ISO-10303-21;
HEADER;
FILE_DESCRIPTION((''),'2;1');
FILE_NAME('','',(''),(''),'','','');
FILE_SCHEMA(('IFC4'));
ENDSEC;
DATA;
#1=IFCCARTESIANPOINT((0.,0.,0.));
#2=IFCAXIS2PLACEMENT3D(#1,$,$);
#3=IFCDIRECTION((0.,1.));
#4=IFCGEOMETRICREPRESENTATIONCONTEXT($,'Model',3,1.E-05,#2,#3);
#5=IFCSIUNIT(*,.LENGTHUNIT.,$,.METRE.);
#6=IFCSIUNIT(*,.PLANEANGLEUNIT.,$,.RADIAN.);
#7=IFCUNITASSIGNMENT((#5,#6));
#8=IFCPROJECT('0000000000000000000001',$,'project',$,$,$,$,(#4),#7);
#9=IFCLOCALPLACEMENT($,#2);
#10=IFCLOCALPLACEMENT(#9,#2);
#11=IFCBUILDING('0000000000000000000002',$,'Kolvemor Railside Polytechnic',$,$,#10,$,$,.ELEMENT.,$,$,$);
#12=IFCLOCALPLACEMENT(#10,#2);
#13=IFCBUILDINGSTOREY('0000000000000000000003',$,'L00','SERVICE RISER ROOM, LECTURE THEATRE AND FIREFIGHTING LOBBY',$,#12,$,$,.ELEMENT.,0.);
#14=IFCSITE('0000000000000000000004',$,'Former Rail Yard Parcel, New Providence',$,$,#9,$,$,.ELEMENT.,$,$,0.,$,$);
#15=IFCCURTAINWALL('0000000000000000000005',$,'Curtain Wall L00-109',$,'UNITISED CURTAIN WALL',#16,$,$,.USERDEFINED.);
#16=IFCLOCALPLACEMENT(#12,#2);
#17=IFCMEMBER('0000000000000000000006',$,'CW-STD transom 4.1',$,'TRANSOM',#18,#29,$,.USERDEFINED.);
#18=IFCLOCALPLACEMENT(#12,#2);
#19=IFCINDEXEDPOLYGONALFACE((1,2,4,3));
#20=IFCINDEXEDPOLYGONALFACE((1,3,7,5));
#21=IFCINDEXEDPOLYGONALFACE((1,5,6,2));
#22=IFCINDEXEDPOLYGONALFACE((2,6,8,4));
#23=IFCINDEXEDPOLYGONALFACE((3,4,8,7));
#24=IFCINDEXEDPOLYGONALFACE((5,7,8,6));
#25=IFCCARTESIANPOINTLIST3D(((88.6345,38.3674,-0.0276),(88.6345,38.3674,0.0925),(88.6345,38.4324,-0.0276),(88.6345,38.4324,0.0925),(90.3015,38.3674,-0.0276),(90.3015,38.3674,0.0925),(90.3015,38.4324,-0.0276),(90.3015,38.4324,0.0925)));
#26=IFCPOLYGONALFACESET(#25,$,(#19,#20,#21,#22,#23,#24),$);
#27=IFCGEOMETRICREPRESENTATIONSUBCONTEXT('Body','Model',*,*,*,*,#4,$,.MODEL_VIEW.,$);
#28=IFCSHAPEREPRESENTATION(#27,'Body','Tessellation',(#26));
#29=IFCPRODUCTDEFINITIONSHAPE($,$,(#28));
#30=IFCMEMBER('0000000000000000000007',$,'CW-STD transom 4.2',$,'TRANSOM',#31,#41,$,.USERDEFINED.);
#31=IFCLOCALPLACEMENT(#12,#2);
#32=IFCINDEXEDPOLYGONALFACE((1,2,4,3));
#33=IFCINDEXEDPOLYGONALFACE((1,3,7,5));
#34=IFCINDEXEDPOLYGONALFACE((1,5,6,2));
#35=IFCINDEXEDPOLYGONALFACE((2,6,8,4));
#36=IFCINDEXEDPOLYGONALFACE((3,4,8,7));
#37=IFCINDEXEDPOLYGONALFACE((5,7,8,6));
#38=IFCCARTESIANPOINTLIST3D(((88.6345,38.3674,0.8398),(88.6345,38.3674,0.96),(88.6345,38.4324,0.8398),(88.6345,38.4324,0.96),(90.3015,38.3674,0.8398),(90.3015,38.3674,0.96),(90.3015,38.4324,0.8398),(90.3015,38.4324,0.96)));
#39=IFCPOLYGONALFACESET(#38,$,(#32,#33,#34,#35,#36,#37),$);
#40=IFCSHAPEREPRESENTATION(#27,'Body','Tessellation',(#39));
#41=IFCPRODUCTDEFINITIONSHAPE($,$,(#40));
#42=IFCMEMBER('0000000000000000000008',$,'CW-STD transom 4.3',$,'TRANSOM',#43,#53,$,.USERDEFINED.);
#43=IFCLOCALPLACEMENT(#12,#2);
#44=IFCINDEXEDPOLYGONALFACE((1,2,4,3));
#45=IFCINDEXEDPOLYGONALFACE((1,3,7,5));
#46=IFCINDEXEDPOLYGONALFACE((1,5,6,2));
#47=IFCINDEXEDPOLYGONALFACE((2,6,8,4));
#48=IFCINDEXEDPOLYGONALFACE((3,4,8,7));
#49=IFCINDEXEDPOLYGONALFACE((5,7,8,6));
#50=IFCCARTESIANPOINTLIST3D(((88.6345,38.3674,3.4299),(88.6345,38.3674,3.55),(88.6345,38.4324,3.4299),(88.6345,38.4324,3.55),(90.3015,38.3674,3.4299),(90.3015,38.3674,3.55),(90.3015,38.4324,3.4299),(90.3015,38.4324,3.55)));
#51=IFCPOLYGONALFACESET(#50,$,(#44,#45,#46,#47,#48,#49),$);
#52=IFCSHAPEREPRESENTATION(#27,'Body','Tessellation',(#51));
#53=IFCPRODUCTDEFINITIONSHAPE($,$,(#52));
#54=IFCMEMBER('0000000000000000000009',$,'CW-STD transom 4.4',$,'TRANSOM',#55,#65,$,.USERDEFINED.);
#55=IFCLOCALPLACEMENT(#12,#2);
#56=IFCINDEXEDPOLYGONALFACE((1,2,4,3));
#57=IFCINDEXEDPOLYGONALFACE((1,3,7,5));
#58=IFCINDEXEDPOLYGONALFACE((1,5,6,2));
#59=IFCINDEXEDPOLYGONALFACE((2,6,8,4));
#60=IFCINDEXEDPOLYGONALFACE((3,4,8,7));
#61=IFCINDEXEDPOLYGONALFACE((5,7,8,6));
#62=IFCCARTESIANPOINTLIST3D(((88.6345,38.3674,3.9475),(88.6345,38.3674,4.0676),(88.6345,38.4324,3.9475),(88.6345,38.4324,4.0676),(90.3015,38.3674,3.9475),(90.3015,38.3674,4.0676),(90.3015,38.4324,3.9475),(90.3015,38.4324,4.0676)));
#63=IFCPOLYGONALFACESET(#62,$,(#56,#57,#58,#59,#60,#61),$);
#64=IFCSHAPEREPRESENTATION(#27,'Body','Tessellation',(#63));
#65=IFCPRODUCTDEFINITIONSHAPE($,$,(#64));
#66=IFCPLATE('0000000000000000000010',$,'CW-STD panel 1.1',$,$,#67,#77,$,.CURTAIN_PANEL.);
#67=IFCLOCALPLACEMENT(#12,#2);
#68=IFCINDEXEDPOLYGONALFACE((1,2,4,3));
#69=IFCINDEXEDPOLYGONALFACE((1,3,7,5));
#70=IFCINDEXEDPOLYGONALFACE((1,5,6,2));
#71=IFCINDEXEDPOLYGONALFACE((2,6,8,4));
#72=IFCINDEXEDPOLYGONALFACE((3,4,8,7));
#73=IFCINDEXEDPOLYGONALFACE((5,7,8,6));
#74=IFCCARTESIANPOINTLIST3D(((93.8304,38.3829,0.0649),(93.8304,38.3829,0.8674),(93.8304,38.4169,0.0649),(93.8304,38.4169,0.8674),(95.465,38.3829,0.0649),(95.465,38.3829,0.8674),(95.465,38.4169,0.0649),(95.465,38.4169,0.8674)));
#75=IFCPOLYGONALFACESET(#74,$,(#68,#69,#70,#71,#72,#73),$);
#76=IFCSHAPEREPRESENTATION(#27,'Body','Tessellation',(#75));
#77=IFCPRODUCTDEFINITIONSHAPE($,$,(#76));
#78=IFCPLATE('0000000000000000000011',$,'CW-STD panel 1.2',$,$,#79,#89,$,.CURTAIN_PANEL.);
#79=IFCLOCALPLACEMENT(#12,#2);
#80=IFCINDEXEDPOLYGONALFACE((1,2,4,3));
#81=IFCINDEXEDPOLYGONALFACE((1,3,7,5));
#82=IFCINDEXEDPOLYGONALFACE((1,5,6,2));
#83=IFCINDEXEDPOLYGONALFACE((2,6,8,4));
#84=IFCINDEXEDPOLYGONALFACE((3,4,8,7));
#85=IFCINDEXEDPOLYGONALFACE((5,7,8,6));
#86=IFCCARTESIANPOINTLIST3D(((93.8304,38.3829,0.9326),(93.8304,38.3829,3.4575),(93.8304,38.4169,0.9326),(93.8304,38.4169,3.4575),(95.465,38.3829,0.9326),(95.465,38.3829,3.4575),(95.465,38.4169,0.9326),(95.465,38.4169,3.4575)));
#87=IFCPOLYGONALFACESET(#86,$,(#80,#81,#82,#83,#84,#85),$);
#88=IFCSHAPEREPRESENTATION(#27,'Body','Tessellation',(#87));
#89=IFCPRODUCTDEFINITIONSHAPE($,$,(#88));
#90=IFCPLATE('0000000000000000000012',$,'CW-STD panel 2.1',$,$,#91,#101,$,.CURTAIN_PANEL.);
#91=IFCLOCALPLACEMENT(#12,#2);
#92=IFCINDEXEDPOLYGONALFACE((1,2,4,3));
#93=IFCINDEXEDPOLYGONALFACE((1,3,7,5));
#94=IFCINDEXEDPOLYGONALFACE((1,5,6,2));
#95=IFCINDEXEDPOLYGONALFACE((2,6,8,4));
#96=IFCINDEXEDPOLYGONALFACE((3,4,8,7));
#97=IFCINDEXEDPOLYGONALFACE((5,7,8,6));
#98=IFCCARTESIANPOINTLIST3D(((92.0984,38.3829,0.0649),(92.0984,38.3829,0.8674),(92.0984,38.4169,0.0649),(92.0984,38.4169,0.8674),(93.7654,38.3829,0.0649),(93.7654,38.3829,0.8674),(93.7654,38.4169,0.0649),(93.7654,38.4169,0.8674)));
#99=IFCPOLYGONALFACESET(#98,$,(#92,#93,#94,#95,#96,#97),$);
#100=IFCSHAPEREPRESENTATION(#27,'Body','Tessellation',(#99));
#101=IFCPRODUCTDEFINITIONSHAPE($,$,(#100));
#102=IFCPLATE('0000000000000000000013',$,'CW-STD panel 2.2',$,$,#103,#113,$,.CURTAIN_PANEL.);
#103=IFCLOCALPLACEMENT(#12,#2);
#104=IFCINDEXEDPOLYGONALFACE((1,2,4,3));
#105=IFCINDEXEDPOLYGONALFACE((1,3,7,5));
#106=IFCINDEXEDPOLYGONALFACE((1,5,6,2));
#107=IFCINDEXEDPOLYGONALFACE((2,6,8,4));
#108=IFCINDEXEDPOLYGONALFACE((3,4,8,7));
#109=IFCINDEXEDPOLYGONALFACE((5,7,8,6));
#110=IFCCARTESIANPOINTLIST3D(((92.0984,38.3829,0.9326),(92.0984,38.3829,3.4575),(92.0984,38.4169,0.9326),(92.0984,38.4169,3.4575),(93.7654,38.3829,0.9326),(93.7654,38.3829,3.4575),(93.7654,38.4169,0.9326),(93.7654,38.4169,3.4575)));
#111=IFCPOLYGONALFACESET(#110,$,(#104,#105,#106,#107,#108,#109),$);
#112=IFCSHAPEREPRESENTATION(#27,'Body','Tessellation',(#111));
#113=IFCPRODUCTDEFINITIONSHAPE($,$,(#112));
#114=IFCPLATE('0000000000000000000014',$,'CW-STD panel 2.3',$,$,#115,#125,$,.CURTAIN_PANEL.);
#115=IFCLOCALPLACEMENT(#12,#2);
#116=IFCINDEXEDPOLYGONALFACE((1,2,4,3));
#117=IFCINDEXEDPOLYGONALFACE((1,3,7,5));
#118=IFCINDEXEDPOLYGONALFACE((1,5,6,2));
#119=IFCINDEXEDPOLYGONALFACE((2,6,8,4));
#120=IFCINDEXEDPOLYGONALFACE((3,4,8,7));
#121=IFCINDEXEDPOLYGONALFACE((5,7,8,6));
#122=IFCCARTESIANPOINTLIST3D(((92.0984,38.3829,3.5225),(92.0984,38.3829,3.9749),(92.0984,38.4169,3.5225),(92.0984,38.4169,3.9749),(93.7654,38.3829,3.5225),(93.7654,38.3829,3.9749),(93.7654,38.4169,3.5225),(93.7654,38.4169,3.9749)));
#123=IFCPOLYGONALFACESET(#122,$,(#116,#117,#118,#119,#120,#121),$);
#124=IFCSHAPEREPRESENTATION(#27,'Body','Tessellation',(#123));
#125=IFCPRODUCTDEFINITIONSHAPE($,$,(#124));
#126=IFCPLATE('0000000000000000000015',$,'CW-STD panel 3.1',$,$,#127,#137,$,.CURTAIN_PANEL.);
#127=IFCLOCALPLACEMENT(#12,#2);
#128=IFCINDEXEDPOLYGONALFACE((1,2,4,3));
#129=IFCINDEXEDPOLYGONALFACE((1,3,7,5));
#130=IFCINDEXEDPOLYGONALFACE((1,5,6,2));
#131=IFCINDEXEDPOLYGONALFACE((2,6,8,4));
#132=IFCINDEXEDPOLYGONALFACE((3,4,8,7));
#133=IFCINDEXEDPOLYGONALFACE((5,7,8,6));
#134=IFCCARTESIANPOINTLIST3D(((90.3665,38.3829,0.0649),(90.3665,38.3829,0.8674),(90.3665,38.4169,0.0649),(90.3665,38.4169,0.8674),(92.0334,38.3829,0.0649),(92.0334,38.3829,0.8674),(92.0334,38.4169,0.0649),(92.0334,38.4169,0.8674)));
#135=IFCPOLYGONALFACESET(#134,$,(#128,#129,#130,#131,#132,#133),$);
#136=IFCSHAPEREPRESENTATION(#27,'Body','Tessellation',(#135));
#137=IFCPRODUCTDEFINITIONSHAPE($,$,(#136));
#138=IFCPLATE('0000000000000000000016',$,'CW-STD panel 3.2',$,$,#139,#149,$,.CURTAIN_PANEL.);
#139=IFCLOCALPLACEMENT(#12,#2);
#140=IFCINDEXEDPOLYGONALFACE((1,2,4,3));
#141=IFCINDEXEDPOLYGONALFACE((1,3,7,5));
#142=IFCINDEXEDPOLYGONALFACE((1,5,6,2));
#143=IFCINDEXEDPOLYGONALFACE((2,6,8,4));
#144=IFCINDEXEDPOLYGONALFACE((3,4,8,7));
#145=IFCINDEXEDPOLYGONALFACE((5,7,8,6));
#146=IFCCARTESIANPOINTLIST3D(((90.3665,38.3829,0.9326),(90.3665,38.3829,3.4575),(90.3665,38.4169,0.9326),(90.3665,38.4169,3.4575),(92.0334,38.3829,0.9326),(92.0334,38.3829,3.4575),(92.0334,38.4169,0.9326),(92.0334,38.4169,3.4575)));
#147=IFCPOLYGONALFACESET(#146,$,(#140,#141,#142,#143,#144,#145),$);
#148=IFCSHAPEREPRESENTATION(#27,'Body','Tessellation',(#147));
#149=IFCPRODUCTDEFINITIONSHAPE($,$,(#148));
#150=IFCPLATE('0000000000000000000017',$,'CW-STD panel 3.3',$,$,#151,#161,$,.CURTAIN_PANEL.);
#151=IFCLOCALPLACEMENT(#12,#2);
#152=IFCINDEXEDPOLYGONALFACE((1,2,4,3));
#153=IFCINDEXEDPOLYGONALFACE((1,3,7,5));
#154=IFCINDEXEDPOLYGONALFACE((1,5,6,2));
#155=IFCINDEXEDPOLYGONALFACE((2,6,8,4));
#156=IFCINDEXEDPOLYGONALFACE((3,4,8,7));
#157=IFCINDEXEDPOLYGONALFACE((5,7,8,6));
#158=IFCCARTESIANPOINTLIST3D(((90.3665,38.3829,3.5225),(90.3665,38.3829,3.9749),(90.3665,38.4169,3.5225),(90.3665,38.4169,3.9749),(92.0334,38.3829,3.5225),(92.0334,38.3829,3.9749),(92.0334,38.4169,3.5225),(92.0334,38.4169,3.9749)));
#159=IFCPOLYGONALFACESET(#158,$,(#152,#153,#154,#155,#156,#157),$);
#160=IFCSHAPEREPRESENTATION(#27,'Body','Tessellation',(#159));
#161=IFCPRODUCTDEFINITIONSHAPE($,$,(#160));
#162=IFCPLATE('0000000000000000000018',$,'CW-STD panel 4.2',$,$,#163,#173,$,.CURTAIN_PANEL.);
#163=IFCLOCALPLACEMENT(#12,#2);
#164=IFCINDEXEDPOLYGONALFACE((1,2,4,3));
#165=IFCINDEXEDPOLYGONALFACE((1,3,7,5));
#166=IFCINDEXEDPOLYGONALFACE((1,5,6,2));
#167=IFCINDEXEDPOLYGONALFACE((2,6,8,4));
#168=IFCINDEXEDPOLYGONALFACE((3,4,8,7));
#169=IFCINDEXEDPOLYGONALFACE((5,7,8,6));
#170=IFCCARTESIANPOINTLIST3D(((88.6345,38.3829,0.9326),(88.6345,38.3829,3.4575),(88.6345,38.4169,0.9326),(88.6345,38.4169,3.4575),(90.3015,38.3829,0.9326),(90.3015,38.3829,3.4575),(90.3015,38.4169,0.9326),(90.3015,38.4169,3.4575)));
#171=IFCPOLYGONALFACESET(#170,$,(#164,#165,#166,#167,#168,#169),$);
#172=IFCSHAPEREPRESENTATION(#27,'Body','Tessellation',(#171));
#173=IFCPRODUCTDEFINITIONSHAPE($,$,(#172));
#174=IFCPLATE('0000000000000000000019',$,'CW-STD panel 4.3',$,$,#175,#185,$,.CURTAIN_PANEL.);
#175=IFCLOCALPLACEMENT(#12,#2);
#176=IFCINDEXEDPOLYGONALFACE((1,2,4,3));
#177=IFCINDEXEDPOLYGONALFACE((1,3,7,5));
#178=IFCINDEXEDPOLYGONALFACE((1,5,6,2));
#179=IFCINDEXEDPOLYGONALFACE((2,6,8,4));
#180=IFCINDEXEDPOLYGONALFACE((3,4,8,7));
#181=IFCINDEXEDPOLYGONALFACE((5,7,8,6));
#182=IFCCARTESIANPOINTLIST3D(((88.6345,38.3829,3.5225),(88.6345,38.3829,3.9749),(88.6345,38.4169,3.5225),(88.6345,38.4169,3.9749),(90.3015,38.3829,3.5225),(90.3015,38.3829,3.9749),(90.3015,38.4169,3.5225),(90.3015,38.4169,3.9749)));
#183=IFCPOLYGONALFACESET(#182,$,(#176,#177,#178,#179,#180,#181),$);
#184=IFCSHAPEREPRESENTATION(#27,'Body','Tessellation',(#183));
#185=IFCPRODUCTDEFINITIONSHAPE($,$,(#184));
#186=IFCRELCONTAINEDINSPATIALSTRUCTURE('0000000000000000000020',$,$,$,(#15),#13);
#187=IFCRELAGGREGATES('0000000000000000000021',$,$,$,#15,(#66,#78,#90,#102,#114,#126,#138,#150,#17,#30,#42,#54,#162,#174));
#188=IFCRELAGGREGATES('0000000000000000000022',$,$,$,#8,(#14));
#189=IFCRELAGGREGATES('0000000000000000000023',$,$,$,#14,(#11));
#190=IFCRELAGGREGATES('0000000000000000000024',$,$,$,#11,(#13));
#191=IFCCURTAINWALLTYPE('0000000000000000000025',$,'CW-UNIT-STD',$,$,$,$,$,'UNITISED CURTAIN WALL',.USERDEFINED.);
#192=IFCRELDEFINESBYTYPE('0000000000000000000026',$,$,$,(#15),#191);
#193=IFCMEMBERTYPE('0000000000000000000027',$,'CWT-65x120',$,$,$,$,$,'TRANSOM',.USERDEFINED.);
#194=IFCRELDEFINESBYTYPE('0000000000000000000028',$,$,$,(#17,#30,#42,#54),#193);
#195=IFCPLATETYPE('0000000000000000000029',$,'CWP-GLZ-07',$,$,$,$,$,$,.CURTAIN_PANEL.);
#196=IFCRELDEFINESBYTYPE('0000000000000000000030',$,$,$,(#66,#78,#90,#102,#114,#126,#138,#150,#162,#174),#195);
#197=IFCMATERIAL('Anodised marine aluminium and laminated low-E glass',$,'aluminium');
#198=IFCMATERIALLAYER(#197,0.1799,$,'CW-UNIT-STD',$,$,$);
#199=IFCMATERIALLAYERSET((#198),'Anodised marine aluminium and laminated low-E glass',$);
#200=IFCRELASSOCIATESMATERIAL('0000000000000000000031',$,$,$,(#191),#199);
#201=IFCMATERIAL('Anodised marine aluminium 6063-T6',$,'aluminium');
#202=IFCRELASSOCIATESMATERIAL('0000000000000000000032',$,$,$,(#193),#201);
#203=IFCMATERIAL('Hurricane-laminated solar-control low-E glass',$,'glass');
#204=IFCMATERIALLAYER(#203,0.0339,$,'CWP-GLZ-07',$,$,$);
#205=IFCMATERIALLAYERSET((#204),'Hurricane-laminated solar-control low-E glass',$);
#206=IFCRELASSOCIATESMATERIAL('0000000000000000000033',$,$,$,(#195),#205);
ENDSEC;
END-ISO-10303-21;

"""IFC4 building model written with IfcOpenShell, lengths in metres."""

from ifc_helpers import new_model, si_unit, direction, frame, origin, origin_2d, place, context, subcontext, project, spatial, rectangle, extrude, material, layer, layer_set, material_profile, profile_set, type_object, element, aggregate, save


model = new_model("IFC4")

# Units and contexts
model_context = context("Model", 3, precision=1e-05, world=origin(), true_north=direction((0.0, 1.0)))
body_context = subcontext(model_context, "Body", "Model", "MODEL_VIEW")
ifc_project = project(units=[si_unit("LENGTHUNIT", "METRE"), si_unit("PLANEANGLEUNIT", "RADIAN")], contexts=[model_context])

# Site, building, storey
site_placement = place(None, origin())
site = spatial("IfcSite", under=ifc_project, at=site_placement, Name="Former Rail Yard Parcel, New Providence", CompositionType="ELEMENT", RefElevation=0.0)
building_placement = place(site_placement, origin())
building = spatial("IfcBuilding", under=site, at=building_placement, Name="Kolvemor Railside Polytechnic", CompositionType="ELEMENT")
storey_placement = place(building_placement, origin())
storey = spatial("IfcBuildingStorey", under=building, at=storey_placement, Name="L00", Description="SERVICE RISER ROOM, LECTURE THEATRE AND FIREFIGHTING LOBBY", CompositionType="ELEMENT", Elevation=0.0)

# Curtain wall, members, plates
ifc_material_1 = material(Name="Anodised marine aluminium and laminated low-E glass", Category="aluminium")
ifc_layer_1 = layer(ifc_material_1, 0.1799, Name="CW-UNIT-STD")
ifc_layer_set_1 = layer_set([ifc_layer_1], Name="Anodised marine aluminium and laminated low-E glass")
curtain_wall_type = type_object("IfcCurtainWallType", Name="CW-UNIT-STD", ElementType="UNITISED CURTAIN WALL", PredefinedType="USERDEFINED", material=ifc_layer_set_1)
curtain_wall_placement = place(storey_placement, origin())
curtain_wall = element("IfcCurtainWall", 1, at=curtain_wall_placement, inside=storey, type_object=curtain_wall_type, Name="Curtain Wall L00-109", ObjectType="UNITISED CURTAIN WALL", PredefinedType="USERDEFINED")
ifc_material_2 = material(Name="Anodised marine aluminium 6063-T6", Category="aluminium")
ifc_material_profile_1 = material_profile(ifc_material_2, rectangle(XDim=0.0649, YDim=0.1201, at=origin_2d()), Name="CW-TRN-65x120")
ifc_profile_set_1 = profile_set([ifc_material_profile_1], Name="Anodised marine aluminium 6063-T6")
member_type_1 = type_object("IfcMemberType", Name="CWT-65x120", ElementType="TRANSOM", PredefinedType="USERDEFINED", material=ifc_profile_set_1)
member_1_placement = place(storey_placement, frame((90.3015, 38.3999, 0.0325), z_axis=(-1.0, 0.0, 0.0), x_axis=(0.0, -1.0, 0.0)))
member_1 = element("IfcMember", 2, at=member_1_placement, type_object=member_type_1, Name="CW-STD transom 4.1", ObjectType="TRANSOM", PredefinedType="USERDEFINED", context=body_context, shape_type="SweptSolid", body=[
    extrude(rectangle(XDim=0.0649, YDim=0.1201, at=origin_2d()), origin(), (0.0, 0.0, 1.0), 1.667),
])
member_2_placement = place(storey_placement, frame((90.3015, 38.3999, 0.8999), z_axis=(-1.0, 0.0, 0.0), x_axis=(0.0, -1.0, 0.0)))
member_2 = element("IfcMember", 3, at=member_2_placement, type_object=member_type_1, Name="CW-STD transom 4.2", ObjectType="TRANSOM", PredefinedType="USERDEFINED", context=body_context, shape_type="SweptSolid", body=[
    extrude(rectangle(XDim=0.0649, YDim=0.1201, at=origin_2d()), origin(), (0.0, 0.0, 1.0), 1.667),
])
member_3_placement = place(storey_placement, frame((90.3015, 38.3999, 3.49), z_axis=(-1.0, 0.0, 0.0), x_axis=(0.0, -1.0, 0.0)))
member_3 = element("IfcMember", 4, at=member_3_placement, type_object=member_type_1, Name="CW-STD transom 4.3", ObjectType="TRANSOM", PredefinedType="USERDEFINED", context=body_context, shape_type="SweptSolid", body=[
    extrude(rectangle(XDim=0.0649, YDim=0.1201, at=origin_2d()), origin(), (0.0, 0.0, 1.0), 1.667),
])
member_4_placement = place(storey_placement, frame((90.3015, 38.3999, 4.0076), z_axis=(-1.0, 0.0, 0.0), x_axis=(0.0, -1.0, 0.0)))
member_4 = element("IfcMember", 5, at=member_4_placement, type_object=member_type_1, Name="CW-STD transom 4.4", ObjectType="TRANSOM", PredefinedType="USERDEFINED", context=body_context, shape_type="SweptSolid", body=[
    extrude(rectangle(XDim=0.0649, YDim=0.1201, at=origin_2d()), origin(), (0.0, 0.0, 1.0), 1.667),
])
ifc_material_3 = material(Name="Hurricane-laminated solar-control low-E glass", Category="glass")
ifc_layer_2 = layer(ifc_material_3, 0.0339, Name="CWP-GLZ-07")
ifc_layer_set_2 = layer_set([ifc_layer_2], Name="Hurricane-laminated solar-control low-E glass")
plate_type = type_object("IfcPlateType", Name="CWP-GLZ-07", PredefinedType="CURTAIN_PANEL", material=ifc_layer_set_2)
plate_1_placement = place(storey_placement, frame((94.6477, 38.3999, 0.0649), z_axis=(0.0, 0.0, 1.0), x_axis=(-1.0, 0.0, 0.0)))
plate_1 = element("IfcPlate", 6, at=plate_1_placement, type_object=plate_type, Name="CW-STD panel 1.1", PredefinedType="CURTAIN_PANEL", context=body_context, shape_type="SweptSolid", body=[
    extrude(rectangle(XDim=1.6345, YDim=0.0339, at=origin_2d()), origin(), (0.0, 0.0, 1.0), 0.8025),
])
plate_2_placement = place(storey_placement, frame((94.6477, 38.3999, 0.9326), z_axis=(0.0, 0.0, 1.0), x_axis=(-1.0, 0.0, 0.0)))
plate_2 = element("IfcPlate", 7, at=plate_2_placement, type_object=plate_type, Name="CW-STD panel 1.2", PredefinedType="CURTAIN_PANEL", context=body_context, shape_type="SweptSolid", body=[
    extrude(rectangle(XDim=1.6345, YDim=0.0339, at=origin_2d()), origin(), (0.0, 0.0, 1.0), 2.5249),
])
plate_3_placement = place(storey_placement, frame((92.9319, 38.3999, 0.0649), z_axis=(0.0, 0.0, 1.0), x_axis=(-1.0, 0.0, 0.0)))
plate_3 = element("IfcPlate", 8, at=plate_3_placement, type_object=plate_type, Name="CW-STD panel 2.1", PredefinedType="CURTAIN_PANEL", context=body_context, shape_type="SweptSolid", body=[
    extrude(rectangle(XDim=1.667, YDim=0.0339, at=origin_2d()), origin(), (0.0, 0.0, 1.0), 0.8025),
])
plate_4_placement = place(storey_placement, frame((92.9319, 38.3999, 0.9326), z_axis=(0.0, 0.0, 1.0), x_axis=(-1.0, 0.0, 0.0)))
plate_4 = element("IfcPlate", 9, at=plate_4_placement, type_object=plate_type, Name="CW-STD panel 2.2", PredefinedType="CURTAIN_PANEL", context=body_context, shape_type="SweptSolid", body=[
    extrude(rectangle(XDim=1.667, YDim=0.0339, at=origin_2d()), origin(), (0.0, 0.0, 1.0), 2.5249),
])
plate_5_placement = place(storey_placement, frame((92.9319, 38.3999, 3.5225), z_axis=(0.0, 0.0, 1.0), x_axis=(-1.0, 0.0, 0.0)))
plate_5 = element("IfcPlate", 10, at=plate_5_placement, type_object=plate_type, Name="CW-STD panel 2.3", PredefinedType="CURTAIN_PANEL", context=body_context, shape_type="SweptSolid", body=[
    extrude(rectangle(XDim=1.667, YDim=0.0339, at=origin_2d()), origin(), (0.0, 0.0, 1.0), 0.4524),
])
plate_6_placement = place(storey_placement, frame((91.2, 38.3999, 0.0649), z_axis=(0.0, 0.0, 1.0), x_axis=(-1.0, 0.0, 0.0)))
plate_6 = element("IfcPlate", 11, at=plate_6_placement, type_object=plate_type, Name="CW-STD panel 3.1", PredefinedType="CURTAIN_PANEL", context=body_context, shape_type="SweptSolid", body=[
    extrude(rectangle(XDim=1.667, YDim=0.0339, at=origin_2d()), origin(), (0.0, 0.0, 1.0), 0.8025),
])
plate_7_placement = place(storey_placement, frame((91.2, 38.3999, 0.9326), z_axis=(0.0, 0.0, 1.0), x_axis=(-1.0, 0.0, 0.0)))
plate_7 = element("IfcPlate", 12, at=plate_7_placement, type_object=plate_type, Name="CW-STD panel 3.2", PredefinedType="CURTAIN_PANEL", context=body_context, shape_type="SweptSolid", body=[
    extrude(rectangle(XDim=1.667, YDim=0.0339, at=origin_2d()), origin(), (0.0, 0.0, 1.0), 2.5249),
])
plate_8_placement = place(storey_placement, frame((91.2, 38.3999, 3.5225), z_axis=(0.0, 0.0, 1.0), x_axis=(-1.0, 0.0, 0.0)))
plate_8 = element("IfcPlate", 13, at=plate_8_placement, type_object=plate_type, Name="CW-STD panel 3.3", PredefinedType="CURTAIN_PANEL", context=body_context, shape_type="SweptSolid", body=[
    extrude(rectangle(XDim=1.667, YDim=0.0339, at=origin_2d()), origin(), (0.0, 0.0, 1.0), 0.4524),
])
plate_9_placement = place(storey_placement, frame((89.468, 38.3999, 0.9326), z_axis=(0.0, 0.0, 1.0), x_axis=(-1.0, 0.0, 0.0)))
plate_9 = element("IfcPlate", 14, at=plate_9_placement, type_object=plate_type, Name="CW-STD panel 4.2", PredefinedType="CURTAIN_PANEL", context=body_context, shape_type="SweptSolid", body=[
    extrude(rectangle(XDim=1.667, YDim=0.0339, at=origin_2d()), origin(), (0.0, 0.0, 1.0), 2.5249),
])
plate_10_placement = place(storey_placement, frame((89.468, 38.3999, 3.5225), z_axis=(0.0, 0.0, 1.0), x_axis=(-1.0, 0.0, 0.0)))
plate_10 = element("IfcPlate", 15, at=plate_10_placement, type_object=plate_type, Name="CW-STD panel 4.3", PredefinedType="CURTAIN_PANEL", context=body_context, shape_type="SweptSolid", body=[
    extrude(rectangle(XDim=1.667, YDim=0.0339, at=origin_2d()), origin(), (0.0, 0.0, 1.0), 0.4524),
])
aggregate(curtain_wall, [plate_1, plate_2, plate_3, plate_4, plate_5, plate_6, plate_7, plate_8, member_1, member_2, member_3, member_4, plate_9, plate_10])

save(model, "model.ifc")
